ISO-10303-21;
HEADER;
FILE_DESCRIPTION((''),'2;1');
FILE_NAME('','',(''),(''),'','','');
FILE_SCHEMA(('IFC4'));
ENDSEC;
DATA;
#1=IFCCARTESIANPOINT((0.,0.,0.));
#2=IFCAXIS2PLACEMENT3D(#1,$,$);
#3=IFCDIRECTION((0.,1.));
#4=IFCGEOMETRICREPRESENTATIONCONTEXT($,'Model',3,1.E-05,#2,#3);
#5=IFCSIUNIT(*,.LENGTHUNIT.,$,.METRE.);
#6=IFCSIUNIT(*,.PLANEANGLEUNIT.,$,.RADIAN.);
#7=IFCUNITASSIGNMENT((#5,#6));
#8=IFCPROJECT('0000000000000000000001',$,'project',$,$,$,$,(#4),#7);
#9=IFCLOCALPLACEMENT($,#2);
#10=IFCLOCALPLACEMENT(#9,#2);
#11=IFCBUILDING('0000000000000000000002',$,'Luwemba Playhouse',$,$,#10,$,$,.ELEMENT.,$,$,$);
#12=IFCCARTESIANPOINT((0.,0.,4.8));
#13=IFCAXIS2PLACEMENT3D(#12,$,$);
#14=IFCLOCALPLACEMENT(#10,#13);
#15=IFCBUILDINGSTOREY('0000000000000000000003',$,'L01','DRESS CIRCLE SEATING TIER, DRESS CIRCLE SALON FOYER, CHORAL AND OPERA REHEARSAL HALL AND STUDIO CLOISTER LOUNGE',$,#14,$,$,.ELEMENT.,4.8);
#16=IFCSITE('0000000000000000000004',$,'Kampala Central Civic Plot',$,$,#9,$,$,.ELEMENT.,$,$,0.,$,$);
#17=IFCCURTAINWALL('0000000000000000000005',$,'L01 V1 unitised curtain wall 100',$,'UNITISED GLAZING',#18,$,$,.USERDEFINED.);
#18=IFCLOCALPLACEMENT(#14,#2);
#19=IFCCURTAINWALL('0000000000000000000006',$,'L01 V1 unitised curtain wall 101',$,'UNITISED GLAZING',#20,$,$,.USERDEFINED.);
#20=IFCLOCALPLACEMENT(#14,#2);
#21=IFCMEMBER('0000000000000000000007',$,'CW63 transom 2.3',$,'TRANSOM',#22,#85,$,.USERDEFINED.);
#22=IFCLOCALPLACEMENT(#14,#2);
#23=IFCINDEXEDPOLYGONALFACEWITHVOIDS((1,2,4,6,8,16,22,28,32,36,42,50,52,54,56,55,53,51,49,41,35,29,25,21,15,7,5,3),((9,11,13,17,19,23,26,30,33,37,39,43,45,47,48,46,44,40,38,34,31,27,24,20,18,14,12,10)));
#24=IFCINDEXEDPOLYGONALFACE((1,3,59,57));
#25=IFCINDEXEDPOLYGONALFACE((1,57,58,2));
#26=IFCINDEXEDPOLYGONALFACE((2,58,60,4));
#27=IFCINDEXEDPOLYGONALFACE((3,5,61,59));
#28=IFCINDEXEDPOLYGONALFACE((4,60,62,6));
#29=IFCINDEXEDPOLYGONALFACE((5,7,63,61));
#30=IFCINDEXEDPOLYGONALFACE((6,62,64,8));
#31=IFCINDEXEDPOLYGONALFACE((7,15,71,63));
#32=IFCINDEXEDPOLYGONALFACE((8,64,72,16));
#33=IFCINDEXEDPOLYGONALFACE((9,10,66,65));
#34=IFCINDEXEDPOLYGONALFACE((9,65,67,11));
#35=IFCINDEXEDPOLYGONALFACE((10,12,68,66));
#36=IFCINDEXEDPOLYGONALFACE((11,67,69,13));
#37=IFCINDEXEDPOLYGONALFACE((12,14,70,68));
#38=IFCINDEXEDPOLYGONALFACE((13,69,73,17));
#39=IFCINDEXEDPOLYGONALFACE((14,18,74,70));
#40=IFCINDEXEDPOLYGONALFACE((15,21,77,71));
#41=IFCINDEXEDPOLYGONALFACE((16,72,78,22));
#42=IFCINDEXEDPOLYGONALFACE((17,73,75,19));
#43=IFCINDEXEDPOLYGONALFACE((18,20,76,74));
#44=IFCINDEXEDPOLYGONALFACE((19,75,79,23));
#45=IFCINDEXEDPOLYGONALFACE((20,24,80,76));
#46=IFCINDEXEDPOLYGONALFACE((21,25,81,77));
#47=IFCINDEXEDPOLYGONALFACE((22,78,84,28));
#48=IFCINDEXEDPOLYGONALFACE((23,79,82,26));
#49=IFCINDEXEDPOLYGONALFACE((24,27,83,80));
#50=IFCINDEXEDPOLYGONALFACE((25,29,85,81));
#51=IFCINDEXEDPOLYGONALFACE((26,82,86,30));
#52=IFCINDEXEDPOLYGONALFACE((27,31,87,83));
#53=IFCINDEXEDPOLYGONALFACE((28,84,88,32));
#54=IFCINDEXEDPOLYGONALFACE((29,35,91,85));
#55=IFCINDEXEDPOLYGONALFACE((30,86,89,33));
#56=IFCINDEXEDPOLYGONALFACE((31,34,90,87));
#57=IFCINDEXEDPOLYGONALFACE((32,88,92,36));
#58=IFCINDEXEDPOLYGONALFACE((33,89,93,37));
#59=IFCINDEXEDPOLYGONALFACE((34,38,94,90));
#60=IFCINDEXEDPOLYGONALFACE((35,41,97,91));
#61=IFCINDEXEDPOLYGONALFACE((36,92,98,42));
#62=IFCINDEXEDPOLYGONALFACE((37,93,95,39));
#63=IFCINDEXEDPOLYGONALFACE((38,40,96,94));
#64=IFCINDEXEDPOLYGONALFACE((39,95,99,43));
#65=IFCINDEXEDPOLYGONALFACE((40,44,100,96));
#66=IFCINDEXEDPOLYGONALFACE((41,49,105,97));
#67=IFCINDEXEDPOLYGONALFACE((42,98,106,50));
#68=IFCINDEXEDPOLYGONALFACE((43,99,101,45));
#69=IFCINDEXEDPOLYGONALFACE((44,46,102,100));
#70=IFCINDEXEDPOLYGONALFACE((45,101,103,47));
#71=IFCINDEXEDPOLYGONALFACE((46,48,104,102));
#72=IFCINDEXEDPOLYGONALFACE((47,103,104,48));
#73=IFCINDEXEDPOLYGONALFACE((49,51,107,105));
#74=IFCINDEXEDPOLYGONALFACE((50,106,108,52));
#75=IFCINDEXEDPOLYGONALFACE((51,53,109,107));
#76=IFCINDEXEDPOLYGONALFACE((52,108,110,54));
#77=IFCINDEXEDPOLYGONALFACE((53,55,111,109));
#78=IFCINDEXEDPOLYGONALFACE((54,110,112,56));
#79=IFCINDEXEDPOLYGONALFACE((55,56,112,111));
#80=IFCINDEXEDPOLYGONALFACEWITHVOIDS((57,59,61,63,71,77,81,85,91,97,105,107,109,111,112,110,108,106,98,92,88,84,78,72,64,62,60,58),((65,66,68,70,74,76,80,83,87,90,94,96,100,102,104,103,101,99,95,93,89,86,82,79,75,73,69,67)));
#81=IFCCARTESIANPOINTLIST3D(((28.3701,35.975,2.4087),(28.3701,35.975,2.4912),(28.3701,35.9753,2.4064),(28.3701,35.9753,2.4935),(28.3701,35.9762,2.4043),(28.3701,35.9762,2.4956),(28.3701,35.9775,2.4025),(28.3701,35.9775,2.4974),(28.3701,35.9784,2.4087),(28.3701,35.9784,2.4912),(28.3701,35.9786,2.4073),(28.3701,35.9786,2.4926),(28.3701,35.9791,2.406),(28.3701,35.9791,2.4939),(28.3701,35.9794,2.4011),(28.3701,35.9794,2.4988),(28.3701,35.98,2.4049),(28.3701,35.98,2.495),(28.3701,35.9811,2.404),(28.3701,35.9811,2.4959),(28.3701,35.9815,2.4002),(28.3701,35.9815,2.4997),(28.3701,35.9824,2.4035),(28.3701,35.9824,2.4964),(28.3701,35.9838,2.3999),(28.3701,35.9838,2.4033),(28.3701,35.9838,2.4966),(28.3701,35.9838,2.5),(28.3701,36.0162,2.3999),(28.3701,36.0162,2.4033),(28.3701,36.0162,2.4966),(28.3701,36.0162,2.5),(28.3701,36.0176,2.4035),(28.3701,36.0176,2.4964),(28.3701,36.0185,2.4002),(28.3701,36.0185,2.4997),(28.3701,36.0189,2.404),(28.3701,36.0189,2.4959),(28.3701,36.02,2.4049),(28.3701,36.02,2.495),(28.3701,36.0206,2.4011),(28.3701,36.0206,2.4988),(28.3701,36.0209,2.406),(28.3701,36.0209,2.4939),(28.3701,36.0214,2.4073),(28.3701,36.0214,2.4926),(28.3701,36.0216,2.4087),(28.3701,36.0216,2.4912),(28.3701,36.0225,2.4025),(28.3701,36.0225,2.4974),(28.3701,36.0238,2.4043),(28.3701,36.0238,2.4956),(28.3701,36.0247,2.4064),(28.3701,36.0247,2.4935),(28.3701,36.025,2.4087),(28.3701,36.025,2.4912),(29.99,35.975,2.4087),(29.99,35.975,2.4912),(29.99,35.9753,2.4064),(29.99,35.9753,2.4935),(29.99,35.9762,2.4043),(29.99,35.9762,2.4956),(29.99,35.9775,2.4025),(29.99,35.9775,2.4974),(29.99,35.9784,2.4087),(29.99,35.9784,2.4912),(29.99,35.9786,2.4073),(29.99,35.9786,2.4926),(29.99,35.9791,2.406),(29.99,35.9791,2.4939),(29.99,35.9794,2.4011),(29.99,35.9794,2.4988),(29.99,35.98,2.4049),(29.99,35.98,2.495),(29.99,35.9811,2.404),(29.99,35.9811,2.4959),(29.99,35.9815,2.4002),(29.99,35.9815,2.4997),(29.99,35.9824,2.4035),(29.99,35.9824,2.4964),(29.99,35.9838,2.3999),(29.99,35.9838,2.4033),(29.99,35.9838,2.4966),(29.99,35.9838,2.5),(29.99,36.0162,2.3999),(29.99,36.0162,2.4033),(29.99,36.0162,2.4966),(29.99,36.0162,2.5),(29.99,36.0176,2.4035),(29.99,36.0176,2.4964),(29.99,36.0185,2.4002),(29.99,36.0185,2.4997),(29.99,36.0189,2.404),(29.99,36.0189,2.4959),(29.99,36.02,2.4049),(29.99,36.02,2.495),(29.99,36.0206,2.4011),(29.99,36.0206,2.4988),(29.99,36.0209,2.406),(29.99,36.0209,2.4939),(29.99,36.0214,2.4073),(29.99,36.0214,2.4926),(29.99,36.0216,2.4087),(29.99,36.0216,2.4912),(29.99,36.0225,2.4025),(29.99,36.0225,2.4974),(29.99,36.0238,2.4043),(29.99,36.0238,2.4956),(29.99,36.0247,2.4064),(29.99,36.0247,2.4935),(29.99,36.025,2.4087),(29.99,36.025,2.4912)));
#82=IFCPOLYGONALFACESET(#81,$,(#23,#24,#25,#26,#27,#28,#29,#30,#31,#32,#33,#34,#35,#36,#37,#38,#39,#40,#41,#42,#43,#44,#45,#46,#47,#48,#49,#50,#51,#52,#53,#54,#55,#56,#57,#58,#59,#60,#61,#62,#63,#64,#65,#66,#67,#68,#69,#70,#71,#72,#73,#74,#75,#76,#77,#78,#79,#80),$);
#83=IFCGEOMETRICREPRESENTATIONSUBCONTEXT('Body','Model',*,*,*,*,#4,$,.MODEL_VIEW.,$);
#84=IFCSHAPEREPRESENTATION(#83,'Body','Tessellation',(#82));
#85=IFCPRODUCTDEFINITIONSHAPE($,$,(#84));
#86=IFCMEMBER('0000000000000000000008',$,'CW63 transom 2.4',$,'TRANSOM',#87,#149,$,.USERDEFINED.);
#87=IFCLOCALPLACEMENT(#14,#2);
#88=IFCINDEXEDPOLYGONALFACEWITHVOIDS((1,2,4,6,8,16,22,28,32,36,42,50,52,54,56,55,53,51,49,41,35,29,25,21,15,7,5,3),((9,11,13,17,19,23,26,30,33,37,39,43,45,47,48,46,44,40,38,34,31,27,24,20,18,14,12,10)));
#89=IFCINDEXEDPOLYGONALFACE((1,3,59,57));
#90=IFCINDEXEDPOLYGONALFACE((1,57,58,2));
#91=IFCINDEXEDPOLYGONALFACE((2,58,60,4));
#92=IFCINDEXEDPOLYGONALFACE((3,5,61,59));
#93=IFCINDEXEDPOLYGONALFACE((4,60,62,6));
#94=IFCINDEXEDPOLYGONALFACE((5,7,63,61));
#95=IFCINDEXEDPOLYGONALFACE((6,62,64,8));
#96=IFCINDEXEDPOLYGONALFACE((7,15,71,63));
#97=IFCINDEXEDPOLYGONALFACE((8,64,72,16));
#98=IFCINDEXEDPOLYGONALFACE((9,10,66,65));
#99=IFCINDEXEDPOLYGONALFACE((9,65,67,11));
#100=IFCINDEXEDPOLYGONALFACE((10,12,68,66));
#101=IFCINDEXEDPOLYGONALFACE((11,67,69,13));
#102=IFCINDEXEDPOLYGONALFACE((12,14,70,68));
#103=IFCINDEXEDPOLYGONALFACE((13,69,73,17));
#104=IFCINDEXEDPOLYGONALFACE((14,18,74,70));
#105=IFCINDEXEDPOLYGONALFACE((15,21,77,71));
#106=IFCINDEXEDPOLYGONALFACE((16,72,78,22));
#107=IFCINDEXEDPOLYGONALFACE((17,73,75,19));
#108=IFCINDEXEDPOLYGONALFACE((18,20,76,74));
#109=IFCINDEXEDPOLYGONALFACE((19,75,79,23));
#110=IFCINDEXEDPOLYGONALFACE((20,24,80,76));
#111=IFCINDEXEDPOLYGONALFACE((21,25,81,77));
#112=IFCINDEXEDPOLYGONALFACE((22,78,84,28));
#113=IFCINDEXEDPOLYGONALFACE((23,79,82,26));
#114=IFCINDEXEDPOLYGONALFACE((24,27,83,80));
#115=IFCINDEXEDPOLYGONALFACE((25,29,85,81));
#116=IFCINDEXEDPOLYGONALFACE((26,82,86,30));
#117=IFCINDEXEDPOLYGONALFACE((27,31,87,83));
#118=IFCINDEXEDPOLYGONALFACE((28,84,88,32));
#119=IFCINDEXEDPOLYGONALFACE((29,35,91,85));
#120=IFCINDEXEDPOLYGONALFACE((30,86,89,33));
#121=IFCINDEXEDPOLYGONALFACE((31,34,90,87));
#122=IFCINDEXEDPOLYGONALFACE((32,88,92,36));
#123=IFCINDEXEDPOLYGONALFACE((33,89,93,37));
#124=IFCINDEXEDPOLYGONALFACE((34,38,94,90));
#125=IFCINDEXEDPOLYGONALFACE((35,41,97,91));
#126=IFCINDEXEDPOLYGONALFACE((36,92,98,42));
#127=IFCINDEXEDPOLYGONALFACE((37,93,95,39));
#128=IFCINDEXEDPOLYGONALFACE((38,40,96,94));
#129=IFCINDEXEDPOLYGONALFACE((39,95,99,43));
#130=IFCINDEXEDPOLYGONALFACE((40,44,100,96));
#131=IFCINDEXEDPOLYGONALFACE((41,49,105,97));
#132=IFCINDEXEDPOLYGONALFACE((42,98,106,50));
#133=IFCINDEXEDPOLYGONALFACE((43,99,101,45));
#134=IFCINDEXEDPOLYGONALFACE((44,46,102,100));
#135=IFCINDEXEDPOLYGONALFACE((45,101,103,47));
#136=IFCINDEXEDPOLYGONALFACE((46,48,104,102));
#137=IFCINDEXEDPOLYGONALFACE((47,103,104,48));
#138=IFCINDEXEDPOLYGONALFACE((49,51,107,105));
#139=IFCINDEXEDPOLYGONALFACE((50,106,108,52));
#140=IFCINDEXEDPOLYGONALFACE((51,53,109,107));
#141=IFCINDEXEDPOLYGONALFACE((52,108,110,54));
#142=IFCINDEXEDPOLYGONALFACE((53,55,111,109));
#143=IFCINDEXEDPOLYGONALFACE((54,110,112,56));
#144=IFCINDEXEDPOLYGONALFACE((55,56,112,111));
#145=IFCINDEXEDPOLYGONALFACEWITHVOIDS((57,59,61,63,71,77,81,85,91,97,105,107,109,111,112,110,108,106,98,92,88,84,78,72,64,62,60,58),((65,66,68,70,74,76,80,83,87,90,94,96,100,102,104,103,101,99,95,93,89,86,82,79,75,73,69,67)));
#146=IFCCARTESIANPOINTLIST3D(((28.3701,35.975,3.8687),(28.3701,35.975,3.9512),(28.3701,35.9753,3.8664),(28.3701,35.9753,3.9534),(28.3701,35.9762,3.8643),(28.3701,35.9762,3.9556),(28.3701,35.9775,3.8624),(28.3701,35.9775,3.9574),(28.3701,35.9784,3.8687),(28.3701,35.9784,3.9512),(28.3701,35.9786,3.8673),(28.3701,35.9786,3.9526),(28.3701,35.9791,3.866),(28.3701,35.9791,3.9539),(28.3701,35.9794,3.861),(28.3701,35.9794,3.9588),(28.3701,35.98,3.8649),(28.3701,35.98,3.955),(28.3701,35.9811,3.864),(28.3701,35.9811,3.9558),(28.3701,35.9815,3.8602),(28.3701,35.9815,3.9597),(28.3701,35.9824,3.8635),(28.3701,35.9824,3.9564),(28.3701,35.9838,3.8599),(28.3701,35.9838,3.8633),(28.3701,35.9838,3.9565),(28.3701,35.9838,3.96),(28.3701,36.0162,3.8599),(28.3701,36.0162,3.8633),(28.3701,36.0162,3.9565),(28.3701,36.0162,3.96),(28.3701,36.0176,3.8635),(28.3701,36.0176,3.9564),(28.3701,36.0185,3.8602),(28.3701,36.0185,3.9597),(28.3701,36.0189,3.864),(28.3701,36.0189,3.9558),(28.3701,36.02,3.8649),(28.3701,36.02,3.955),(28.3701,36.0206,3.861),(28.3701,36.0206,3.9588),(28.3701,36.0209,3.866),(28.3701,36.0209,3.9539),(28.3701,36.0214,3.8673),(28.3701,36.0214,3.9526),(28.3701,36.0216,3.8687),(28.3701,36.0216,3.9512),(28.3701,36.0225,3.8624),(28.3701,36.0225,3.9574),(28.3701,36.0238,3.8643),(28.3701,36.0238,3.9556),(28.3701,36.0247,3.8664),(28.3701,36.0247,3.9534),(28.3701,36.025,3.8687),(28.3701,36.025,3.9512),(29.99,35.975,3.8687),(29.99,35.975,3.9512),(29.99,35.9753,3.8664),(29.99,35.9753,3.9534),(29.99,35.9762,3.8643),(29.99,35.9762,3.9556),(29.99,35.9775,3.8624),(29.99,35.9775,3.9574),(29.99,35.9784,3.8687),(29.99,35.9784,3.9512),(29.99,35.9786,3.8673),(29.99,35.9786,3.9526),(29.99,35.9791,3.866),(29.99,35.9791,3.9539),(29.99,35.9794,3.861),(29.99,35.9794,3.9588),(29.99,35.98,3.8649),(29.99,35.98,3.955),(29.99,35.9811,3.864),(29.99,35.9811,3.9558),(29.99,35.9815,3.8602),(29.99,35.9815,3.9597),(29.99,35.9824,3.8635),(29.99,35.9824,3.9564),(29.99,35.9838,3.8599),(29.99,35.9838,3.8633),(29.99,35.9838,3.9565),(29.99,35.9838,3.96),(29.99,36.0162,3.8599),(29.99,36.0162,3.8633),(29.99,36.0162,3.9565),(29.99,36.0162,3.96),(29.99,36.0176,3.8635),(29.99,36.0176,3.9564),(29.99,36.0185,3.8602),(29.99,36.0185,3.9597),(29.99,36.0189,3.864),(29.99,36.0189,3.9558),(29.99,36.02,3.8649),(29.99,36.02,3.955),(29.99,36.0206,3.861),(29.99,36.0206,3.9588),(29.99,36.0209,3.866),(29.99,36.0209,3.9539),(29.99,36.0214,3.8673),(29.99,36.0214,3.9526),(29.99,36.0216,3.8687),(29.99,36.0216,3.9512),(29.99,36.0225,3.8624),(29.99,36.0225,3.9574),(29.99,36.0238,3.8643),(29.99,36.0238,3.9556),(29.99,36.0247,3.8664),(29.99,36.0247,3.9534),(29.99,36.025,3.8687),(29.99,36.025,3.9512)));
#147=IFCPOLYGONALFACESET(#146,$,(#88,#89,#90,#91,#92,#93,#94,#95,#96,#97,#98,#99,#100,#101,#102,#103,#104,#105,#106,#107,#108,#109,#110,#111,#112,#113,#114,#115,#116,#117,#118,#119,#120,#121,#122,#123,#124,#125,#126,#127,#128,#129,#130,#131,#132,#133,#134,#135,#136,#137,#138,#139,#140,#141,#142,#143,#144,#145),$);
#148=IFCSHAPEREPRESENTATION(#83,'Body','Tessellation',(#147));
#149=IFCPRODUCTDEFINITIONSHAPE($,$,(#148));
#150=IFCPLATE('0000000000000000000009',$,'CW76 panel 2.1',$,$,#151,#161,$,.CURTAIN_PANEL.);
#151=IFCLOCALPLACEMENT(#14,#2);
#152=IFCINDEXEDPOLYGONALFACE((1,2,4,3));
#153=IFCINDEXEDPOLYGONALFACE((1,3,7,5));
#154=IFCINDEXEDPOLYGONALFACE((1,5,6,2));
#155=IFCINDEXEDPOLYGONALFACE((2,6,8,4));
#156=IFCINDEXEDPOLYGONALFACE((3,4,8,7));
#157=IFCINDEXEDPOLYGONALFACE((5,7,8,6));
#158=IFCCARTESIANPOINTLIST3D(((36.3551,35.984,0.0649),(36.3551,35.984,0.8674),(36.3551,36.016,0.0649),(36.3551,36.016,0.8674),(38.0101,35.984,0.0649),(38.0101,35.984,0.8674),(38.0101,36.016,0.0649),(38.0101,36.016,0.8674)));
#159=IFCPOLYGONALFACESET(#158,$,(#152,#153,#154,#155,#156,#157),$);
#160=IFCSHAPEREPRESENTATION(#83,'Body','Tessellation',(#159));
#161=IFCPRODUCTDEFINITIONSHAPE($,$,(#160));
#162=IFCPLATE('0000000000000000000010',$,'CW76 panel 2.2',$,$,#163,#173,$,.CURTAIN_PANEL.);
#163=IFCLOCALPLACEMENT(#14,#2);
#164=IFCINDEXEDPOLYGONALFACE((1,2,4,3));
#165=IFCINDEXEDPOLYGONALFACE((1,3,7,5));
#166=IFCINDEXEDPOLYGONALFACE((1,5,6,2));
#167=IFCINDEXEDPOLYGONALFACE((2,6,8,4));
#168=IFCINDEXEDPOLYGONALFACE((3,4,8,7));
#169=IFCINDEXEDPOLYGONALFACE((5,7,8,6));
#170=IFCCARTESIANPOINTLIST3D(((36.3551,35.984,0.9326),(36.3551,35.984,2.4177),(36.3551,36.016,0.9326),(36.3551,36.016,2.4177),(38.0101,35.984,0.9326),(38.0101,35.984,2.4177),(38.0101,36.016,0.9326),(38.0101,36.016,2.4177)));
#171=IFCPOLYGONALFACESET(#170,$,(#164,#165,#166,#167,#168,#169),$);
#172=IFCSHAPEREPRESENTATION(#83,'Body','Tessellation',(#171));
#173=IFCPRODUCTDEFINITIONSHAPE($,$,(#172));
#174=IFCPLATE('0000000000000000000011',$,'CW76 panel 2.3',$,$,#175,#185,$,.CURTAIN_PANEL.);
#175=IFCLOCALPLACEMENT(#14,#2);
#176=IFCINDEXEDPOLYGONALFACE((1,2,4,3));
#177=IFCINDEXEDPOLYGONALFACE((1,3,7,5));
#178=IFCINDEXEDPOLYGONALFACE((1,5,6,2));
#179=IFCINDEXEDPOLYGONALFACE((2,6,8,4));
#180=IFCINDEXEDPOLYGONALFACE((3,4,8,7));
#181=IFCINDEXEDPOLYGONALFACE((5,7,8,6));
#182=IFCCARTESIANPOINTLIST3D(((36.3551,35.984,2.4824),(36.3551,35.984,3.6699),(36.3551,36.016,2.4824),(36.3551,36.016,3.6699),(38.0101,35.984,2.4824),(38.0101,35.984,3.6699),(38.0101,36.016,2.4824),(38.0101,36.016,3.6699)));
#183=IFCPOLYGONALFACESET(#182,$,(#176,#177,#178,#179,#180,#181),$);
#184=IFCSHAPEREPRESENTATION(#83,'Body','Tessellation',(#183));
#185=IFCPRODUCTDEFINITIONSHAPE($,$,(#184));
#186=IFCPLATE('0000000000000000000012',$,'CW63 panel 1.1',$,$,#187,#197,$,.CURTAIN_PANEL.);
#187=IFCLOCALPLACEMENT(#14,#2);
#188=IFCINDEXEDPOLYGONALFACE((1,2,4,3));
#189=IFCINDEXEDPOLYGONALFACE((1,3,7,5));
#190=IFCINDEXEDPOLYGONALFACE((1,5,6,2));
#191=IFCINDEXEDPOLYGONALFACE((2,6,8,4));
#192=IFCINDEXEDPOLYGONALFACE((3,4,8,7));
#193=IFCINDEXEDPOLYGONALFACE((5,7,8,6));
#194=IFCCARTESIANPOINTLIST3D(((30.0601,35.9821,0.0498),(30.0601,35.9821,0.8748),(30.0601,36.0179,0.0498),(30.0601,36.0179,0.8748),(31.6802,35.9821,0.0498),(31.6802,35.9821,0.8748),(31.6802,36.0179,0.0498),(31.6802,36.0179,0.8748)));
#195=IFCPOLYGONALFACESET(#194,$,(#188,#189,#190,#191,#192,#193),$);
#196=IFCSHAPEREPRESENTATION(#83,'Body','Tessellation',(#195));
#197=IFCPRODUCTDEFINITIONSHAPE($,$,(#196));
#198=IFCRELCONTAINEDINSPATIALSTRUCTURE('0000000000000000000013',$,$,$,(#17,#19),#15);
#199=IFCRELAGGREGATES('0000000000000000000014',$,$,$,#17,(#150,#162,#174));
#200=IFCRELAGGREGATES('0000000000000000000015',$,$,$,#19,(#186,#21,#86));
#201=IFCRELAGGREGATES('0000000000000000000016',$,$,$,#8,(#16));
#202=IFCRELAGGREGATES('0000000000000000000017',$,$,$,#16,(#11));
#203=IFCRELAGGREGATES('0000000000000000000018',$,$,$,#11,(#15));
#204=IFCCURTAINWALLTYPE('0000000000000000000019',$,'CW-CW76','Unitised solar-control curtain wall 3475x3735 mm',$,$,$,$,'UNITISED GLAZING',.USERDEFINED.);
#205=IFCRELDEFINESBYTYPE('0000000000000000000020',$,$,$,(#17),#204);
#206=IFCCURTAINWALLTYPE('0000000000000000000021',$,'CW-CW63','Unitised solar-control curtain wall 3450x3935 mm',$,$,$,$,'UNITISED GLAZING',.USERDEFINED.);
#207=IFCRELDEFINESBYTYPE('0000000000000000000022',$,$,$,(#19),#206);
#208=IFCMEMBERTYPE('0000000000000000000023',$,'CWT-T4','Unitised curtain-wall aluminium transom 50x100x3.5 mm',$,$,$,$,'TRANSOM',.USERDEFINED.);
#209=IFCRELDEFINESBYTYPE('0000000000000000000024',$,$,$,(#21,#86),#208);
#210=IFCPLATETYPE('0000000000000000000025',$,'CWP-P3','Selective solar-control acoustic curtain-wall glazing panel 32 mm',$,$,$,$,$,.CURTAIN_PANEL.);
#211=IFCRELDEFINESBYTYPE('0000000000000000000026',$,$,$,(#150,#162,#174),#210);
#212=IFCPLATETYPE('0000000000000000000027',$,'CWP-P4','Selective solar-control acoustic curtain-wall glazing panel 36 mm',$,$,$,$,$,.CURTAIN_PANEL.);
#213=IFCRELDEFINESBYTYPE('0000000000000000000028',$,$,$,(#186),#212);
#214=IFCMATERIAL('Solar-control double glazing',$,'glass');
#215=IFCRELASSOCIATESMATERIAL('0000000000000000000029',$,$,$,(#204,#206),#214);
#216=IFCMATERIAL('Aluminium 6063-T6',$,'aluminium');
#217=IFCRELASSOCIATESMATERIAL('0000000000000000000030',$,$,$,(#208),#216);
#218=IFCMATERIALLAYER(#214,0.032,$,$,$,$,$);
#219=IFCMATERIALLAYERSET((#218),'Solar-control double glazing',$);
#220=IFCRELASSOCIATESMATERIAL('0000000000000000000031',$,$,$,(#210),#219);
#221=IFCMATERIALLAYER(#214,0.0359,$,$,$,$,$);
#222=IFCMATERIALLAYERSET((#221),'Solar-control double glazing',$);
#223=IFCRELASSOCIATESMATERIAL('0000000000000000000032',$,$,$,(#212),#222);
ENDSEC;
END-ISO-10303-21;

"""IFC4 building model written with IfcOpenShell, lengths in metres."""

from ifc_helpers import new_model, si_unit, direction, frame, origin, origin_2d, place, context, subcontext, project, spatial, rectangle, hollow_rectangle, extrude, material, layer, layer_set, material_profile, profile_set, type_object, element, aggregate, save


model = new_model("IFC4")

# Units and contexts
model_context = context("Model", 3, precision=1e-05, world=origin(), true_north=direction((0.0, 1.0)))
body_context = subcontext(model_context, "Body", "Model", "MODEL_VIEW")
ifc_project = project(units=[si_unit("LENGTHUNIT", "METRE"), si_unit("PLANEANGLEUNIT", "RADIAN")], contexts=[model_context])

# Site, building, storey
site_placement = place(None, origin())
site = spatial("IfcSite", under=ifc_project, at=site_placement, Name="Kampala Central Civic Plot", CompositionType="ELEMENT", RefElevation=0.0)
building_placement = place(site_placement, origin())
building = spatial("IfcBuilding", under=site, at=building_placement, Name="Luwemba Playhouse", CompositionType="ELEMENT")
storey_placement = place(building_placement, frame((0.0, 0.0, 4.8)))
storey = spatial("IfcBuildingStorey", under=building, at=storey_placement, Name="L01", Description="DRESS CIRCLE SEATING TIER, DRESS CIRCLE SALON FOYER, CHORAL AND OPERA REHEARSAL HALL AND STUDIO CLOISTER LOUNGE", CompositionType="ELEMENT", Elevation=4.8)

# Curtain walls
ifc_material_1 = material(Name="Solar-control double glazing", Category="glass")
curtain_wall_type_1 = type_object("IfcCurtainWallType", Name="CW-CW76", Description="Unitised solar-control curtain wall 3475x3735 mm", ElementType="UNITISED GLAZING", PredefinedType="USERDEFINED", material=ifc_material_1)
curtain_wall_1_placement = place(storey_placement, origin())
curtain_wall_1 = element("IfcCurtainWall", 1, at=curtain_wall_1_placement, inside=storey, type_object=curtain_wall_type_1, Name="L01 V1 unitised curtain wall 100", ObjectType="UNITISED GLAZING", PredefinedType="USERDEFINED")
ifc_material_2 = material(Name="Aluminium 6063-T6", Category="aluminium")
curtain_wall_type_2 = type_object("IfcCurtainWallType", Name="CW-CW63", Description="Unitised solar-control curtain wall 3450x3935 mm", ElementType="UNITISED GLAZING", PredefinedType="USERDEFINED", material=ifc_material_1)
curtain_wall_2_placement = place(storey_placement, origin())
curtain_wall_2 = element("IfcCurtainWall", 2, at=curtain_wall_2_placement, inside=storey, type_object=curtain_wall_type_2, Name="L01 V1 unitised curtain wall 101", ObjectType="UNITISED GLAZING", PredefinedType="USERDEFINED")

# Members
ifc_material_profile_1 = material_profile(ifc_material_2, hollow_rectangle(XDim=0.05, YDim=0.1001, WallThickness=0.0034, InnerFilletRadius=0.0054, OuterFilletRadius=0.0088, at=origin_2d()))
ifc_profile_set_1 = profile_set([ifc_material_profile_1], Name="Aluminium 6063-T6")
member_type_1 = type_object("IfcMemberType", Name="CWT-T4", Description="Unitised curtain-wall aluminium transom 50x100x3.5 mm", ElementType="TRANSOM", PredefinedType="USERDEFINED", material=ifc_profile_set_1)
member_1_placement = place(storey_placement, frame((29.99, 36.0, 2.45), z_axis=(-1.0, 0.0, 0.0), x_axis=(0.0, -1.0, 0.0)))
member_1 = element("IfcMember", 3, at=member_1_placement, type_object=member_type_1, Name="CW63 transom 2.3", ObjectType="TRANSOM", PredefinedType="USERDEFINED", context=body_context, shape_type="SweptSolid", body=[
    extrude(hollow_rectangle(XDim=0.05, YDim=0.1001, WallThickness=0.0034, InnerFilletRadius=0.0054, OuterFilletRadius=0.0088, at=origin_2d()), origin(), (0.0, 0.0, 1.0), 1.6199),
])
member_2_placement = place(storey_placement, frame((29.99, 36.0, 3.9099), z_axis=(-1.0, 0.0, 0.0), x_axis=(0.0, -1.0, 0.0)))
member_2 = element("IfcMember", 4, at=member_2_placement, type_object=member_type_1, Name="CW63 transom 2.4", ObjectType="TRANSOM", PredefinedType="USERDEFINED", context=body_context, shape_type="SweptSolid", body=[
    extrude(hollow_rectangle(XDim=0.05, YDim=0.1001, WallThickness=0.0034, InnerFilletRadius=0.0054, OuterFilletRadius=0.0088, at=origin_2d()), origin(), (0.0, 0.0, 1.0), 1.6199),
])

# Plates
ifc_layer_1 = layer(ifc_material_1, 0.032)
ifc_layer_set_1 = layer_set([ifc_layer_1], Name="Solar-control double glazing")
plate_type_1 = type_object("IfcPlateType", Name="CWP-P3", Description="Selective solar-control acoustic curtain-wall glazing panel 32 mm", PredefinedType="CURTAIN_PANEL", material=ifc_layer_set_1)
plate_1_placement = place(storey_placement, frame((37.1826, 36.0, 0.0649), z_axis=(0.0, 0.0, 1.0), x_axis=(-1.0, 0.0, 0.0)))
plate_1 = element("IfcPlate", 5, at=plate_1_placement, type_object=plate_type_1, Name="CW76 panel 2.1", PredefinedType="CURTAIN_PANEL", context=body_context, shape_type="SweptSolid", body=[
    extrude(rectangle(XDim=1.655, YDim=0.032, at=origin_2d()), origin(), (0.0, 0.0, 1.0), 0.8025),
])
plate_2_placement = place(storey_placement, frame((37.1826, 36.0, 0.9326), z_axis=(0.0, 0.0, 1.0), x_axis=(-1.0, 0.0, 0.0)))
plate_2 = element("IfcPlate", 6, at=plate_2_placement, type_object=plate_type_1, Name="CW76 panel 2.2", PredefinedType="CURTAIN_PANEL", context=body_context, shape_type="SweptSolid", body=[
    extrude(rectangle(XDim=1.655, YDim=0.032, at=origin_2d()), origin(), (0.0, 0.0, 1.0), 1.4851),
])
plate_3_placement = place(storey_placement, frame((37.1826, 36.0, 2.4824), z_axis=(0.0, 0.0, 1.0), x_axis=(-1.0, 0.0, 0.0)))
plate_3 = element("IfcPlate", 7, at=plate_3_placement, type_object=plate_type_1, Name="CW76 panel 2.3", PredefinedType="CURTAIN_PANEL", context=body_context, shape_type="SweptSolid", body=[
    extrude(rectangle(XDim=1.655, YDim=0.032, at=origin_2d()), origin(), (0.0, 0.0, 1.0), 1.1875),
])
aggregate(curtain_wall_1, [plate_1, plate_2, plate_3])
ifc_layer_2 = layer(ifc_material_1, 0.0359)
ifc_layer_set_2 = layer_set([ifc_layer_2], Name="Solar-control double glazing")
plate_type_2 = type_object("IfcPlateType", Name="CWP-P4", Description="Selective solar-control acoustic curtain-wall glazing panel 36 mm", PredefinedType="CURTAIN_PANEL", material=ifc_layer_set_2)
plate_4_placement = place(storey_placement, frame((30.8701, 36.0, 0.0498), z_axis=(0.0, 0.0, 1.0), x_axis=(-1.0, 0.0, 0.0)))
plate_4 = element("IfcPlate", 8, at=plate_4_placement, type_object=plate_type_2, Name="CW63 panel 1.1", PredefinedType="CURTAIN_PANEL", context=body_context, shape_type="SweptSolid", body=[
    extrude(rectangle(XDim=1.6201, YDim=0.0359, at=origin_2d()), origin(), (0.0, 0.0, 1.0), 0.825),
])
aggregate(curtain_wall_2, [plate_4, member_1, member_2])

save(model, "model.ifc")
